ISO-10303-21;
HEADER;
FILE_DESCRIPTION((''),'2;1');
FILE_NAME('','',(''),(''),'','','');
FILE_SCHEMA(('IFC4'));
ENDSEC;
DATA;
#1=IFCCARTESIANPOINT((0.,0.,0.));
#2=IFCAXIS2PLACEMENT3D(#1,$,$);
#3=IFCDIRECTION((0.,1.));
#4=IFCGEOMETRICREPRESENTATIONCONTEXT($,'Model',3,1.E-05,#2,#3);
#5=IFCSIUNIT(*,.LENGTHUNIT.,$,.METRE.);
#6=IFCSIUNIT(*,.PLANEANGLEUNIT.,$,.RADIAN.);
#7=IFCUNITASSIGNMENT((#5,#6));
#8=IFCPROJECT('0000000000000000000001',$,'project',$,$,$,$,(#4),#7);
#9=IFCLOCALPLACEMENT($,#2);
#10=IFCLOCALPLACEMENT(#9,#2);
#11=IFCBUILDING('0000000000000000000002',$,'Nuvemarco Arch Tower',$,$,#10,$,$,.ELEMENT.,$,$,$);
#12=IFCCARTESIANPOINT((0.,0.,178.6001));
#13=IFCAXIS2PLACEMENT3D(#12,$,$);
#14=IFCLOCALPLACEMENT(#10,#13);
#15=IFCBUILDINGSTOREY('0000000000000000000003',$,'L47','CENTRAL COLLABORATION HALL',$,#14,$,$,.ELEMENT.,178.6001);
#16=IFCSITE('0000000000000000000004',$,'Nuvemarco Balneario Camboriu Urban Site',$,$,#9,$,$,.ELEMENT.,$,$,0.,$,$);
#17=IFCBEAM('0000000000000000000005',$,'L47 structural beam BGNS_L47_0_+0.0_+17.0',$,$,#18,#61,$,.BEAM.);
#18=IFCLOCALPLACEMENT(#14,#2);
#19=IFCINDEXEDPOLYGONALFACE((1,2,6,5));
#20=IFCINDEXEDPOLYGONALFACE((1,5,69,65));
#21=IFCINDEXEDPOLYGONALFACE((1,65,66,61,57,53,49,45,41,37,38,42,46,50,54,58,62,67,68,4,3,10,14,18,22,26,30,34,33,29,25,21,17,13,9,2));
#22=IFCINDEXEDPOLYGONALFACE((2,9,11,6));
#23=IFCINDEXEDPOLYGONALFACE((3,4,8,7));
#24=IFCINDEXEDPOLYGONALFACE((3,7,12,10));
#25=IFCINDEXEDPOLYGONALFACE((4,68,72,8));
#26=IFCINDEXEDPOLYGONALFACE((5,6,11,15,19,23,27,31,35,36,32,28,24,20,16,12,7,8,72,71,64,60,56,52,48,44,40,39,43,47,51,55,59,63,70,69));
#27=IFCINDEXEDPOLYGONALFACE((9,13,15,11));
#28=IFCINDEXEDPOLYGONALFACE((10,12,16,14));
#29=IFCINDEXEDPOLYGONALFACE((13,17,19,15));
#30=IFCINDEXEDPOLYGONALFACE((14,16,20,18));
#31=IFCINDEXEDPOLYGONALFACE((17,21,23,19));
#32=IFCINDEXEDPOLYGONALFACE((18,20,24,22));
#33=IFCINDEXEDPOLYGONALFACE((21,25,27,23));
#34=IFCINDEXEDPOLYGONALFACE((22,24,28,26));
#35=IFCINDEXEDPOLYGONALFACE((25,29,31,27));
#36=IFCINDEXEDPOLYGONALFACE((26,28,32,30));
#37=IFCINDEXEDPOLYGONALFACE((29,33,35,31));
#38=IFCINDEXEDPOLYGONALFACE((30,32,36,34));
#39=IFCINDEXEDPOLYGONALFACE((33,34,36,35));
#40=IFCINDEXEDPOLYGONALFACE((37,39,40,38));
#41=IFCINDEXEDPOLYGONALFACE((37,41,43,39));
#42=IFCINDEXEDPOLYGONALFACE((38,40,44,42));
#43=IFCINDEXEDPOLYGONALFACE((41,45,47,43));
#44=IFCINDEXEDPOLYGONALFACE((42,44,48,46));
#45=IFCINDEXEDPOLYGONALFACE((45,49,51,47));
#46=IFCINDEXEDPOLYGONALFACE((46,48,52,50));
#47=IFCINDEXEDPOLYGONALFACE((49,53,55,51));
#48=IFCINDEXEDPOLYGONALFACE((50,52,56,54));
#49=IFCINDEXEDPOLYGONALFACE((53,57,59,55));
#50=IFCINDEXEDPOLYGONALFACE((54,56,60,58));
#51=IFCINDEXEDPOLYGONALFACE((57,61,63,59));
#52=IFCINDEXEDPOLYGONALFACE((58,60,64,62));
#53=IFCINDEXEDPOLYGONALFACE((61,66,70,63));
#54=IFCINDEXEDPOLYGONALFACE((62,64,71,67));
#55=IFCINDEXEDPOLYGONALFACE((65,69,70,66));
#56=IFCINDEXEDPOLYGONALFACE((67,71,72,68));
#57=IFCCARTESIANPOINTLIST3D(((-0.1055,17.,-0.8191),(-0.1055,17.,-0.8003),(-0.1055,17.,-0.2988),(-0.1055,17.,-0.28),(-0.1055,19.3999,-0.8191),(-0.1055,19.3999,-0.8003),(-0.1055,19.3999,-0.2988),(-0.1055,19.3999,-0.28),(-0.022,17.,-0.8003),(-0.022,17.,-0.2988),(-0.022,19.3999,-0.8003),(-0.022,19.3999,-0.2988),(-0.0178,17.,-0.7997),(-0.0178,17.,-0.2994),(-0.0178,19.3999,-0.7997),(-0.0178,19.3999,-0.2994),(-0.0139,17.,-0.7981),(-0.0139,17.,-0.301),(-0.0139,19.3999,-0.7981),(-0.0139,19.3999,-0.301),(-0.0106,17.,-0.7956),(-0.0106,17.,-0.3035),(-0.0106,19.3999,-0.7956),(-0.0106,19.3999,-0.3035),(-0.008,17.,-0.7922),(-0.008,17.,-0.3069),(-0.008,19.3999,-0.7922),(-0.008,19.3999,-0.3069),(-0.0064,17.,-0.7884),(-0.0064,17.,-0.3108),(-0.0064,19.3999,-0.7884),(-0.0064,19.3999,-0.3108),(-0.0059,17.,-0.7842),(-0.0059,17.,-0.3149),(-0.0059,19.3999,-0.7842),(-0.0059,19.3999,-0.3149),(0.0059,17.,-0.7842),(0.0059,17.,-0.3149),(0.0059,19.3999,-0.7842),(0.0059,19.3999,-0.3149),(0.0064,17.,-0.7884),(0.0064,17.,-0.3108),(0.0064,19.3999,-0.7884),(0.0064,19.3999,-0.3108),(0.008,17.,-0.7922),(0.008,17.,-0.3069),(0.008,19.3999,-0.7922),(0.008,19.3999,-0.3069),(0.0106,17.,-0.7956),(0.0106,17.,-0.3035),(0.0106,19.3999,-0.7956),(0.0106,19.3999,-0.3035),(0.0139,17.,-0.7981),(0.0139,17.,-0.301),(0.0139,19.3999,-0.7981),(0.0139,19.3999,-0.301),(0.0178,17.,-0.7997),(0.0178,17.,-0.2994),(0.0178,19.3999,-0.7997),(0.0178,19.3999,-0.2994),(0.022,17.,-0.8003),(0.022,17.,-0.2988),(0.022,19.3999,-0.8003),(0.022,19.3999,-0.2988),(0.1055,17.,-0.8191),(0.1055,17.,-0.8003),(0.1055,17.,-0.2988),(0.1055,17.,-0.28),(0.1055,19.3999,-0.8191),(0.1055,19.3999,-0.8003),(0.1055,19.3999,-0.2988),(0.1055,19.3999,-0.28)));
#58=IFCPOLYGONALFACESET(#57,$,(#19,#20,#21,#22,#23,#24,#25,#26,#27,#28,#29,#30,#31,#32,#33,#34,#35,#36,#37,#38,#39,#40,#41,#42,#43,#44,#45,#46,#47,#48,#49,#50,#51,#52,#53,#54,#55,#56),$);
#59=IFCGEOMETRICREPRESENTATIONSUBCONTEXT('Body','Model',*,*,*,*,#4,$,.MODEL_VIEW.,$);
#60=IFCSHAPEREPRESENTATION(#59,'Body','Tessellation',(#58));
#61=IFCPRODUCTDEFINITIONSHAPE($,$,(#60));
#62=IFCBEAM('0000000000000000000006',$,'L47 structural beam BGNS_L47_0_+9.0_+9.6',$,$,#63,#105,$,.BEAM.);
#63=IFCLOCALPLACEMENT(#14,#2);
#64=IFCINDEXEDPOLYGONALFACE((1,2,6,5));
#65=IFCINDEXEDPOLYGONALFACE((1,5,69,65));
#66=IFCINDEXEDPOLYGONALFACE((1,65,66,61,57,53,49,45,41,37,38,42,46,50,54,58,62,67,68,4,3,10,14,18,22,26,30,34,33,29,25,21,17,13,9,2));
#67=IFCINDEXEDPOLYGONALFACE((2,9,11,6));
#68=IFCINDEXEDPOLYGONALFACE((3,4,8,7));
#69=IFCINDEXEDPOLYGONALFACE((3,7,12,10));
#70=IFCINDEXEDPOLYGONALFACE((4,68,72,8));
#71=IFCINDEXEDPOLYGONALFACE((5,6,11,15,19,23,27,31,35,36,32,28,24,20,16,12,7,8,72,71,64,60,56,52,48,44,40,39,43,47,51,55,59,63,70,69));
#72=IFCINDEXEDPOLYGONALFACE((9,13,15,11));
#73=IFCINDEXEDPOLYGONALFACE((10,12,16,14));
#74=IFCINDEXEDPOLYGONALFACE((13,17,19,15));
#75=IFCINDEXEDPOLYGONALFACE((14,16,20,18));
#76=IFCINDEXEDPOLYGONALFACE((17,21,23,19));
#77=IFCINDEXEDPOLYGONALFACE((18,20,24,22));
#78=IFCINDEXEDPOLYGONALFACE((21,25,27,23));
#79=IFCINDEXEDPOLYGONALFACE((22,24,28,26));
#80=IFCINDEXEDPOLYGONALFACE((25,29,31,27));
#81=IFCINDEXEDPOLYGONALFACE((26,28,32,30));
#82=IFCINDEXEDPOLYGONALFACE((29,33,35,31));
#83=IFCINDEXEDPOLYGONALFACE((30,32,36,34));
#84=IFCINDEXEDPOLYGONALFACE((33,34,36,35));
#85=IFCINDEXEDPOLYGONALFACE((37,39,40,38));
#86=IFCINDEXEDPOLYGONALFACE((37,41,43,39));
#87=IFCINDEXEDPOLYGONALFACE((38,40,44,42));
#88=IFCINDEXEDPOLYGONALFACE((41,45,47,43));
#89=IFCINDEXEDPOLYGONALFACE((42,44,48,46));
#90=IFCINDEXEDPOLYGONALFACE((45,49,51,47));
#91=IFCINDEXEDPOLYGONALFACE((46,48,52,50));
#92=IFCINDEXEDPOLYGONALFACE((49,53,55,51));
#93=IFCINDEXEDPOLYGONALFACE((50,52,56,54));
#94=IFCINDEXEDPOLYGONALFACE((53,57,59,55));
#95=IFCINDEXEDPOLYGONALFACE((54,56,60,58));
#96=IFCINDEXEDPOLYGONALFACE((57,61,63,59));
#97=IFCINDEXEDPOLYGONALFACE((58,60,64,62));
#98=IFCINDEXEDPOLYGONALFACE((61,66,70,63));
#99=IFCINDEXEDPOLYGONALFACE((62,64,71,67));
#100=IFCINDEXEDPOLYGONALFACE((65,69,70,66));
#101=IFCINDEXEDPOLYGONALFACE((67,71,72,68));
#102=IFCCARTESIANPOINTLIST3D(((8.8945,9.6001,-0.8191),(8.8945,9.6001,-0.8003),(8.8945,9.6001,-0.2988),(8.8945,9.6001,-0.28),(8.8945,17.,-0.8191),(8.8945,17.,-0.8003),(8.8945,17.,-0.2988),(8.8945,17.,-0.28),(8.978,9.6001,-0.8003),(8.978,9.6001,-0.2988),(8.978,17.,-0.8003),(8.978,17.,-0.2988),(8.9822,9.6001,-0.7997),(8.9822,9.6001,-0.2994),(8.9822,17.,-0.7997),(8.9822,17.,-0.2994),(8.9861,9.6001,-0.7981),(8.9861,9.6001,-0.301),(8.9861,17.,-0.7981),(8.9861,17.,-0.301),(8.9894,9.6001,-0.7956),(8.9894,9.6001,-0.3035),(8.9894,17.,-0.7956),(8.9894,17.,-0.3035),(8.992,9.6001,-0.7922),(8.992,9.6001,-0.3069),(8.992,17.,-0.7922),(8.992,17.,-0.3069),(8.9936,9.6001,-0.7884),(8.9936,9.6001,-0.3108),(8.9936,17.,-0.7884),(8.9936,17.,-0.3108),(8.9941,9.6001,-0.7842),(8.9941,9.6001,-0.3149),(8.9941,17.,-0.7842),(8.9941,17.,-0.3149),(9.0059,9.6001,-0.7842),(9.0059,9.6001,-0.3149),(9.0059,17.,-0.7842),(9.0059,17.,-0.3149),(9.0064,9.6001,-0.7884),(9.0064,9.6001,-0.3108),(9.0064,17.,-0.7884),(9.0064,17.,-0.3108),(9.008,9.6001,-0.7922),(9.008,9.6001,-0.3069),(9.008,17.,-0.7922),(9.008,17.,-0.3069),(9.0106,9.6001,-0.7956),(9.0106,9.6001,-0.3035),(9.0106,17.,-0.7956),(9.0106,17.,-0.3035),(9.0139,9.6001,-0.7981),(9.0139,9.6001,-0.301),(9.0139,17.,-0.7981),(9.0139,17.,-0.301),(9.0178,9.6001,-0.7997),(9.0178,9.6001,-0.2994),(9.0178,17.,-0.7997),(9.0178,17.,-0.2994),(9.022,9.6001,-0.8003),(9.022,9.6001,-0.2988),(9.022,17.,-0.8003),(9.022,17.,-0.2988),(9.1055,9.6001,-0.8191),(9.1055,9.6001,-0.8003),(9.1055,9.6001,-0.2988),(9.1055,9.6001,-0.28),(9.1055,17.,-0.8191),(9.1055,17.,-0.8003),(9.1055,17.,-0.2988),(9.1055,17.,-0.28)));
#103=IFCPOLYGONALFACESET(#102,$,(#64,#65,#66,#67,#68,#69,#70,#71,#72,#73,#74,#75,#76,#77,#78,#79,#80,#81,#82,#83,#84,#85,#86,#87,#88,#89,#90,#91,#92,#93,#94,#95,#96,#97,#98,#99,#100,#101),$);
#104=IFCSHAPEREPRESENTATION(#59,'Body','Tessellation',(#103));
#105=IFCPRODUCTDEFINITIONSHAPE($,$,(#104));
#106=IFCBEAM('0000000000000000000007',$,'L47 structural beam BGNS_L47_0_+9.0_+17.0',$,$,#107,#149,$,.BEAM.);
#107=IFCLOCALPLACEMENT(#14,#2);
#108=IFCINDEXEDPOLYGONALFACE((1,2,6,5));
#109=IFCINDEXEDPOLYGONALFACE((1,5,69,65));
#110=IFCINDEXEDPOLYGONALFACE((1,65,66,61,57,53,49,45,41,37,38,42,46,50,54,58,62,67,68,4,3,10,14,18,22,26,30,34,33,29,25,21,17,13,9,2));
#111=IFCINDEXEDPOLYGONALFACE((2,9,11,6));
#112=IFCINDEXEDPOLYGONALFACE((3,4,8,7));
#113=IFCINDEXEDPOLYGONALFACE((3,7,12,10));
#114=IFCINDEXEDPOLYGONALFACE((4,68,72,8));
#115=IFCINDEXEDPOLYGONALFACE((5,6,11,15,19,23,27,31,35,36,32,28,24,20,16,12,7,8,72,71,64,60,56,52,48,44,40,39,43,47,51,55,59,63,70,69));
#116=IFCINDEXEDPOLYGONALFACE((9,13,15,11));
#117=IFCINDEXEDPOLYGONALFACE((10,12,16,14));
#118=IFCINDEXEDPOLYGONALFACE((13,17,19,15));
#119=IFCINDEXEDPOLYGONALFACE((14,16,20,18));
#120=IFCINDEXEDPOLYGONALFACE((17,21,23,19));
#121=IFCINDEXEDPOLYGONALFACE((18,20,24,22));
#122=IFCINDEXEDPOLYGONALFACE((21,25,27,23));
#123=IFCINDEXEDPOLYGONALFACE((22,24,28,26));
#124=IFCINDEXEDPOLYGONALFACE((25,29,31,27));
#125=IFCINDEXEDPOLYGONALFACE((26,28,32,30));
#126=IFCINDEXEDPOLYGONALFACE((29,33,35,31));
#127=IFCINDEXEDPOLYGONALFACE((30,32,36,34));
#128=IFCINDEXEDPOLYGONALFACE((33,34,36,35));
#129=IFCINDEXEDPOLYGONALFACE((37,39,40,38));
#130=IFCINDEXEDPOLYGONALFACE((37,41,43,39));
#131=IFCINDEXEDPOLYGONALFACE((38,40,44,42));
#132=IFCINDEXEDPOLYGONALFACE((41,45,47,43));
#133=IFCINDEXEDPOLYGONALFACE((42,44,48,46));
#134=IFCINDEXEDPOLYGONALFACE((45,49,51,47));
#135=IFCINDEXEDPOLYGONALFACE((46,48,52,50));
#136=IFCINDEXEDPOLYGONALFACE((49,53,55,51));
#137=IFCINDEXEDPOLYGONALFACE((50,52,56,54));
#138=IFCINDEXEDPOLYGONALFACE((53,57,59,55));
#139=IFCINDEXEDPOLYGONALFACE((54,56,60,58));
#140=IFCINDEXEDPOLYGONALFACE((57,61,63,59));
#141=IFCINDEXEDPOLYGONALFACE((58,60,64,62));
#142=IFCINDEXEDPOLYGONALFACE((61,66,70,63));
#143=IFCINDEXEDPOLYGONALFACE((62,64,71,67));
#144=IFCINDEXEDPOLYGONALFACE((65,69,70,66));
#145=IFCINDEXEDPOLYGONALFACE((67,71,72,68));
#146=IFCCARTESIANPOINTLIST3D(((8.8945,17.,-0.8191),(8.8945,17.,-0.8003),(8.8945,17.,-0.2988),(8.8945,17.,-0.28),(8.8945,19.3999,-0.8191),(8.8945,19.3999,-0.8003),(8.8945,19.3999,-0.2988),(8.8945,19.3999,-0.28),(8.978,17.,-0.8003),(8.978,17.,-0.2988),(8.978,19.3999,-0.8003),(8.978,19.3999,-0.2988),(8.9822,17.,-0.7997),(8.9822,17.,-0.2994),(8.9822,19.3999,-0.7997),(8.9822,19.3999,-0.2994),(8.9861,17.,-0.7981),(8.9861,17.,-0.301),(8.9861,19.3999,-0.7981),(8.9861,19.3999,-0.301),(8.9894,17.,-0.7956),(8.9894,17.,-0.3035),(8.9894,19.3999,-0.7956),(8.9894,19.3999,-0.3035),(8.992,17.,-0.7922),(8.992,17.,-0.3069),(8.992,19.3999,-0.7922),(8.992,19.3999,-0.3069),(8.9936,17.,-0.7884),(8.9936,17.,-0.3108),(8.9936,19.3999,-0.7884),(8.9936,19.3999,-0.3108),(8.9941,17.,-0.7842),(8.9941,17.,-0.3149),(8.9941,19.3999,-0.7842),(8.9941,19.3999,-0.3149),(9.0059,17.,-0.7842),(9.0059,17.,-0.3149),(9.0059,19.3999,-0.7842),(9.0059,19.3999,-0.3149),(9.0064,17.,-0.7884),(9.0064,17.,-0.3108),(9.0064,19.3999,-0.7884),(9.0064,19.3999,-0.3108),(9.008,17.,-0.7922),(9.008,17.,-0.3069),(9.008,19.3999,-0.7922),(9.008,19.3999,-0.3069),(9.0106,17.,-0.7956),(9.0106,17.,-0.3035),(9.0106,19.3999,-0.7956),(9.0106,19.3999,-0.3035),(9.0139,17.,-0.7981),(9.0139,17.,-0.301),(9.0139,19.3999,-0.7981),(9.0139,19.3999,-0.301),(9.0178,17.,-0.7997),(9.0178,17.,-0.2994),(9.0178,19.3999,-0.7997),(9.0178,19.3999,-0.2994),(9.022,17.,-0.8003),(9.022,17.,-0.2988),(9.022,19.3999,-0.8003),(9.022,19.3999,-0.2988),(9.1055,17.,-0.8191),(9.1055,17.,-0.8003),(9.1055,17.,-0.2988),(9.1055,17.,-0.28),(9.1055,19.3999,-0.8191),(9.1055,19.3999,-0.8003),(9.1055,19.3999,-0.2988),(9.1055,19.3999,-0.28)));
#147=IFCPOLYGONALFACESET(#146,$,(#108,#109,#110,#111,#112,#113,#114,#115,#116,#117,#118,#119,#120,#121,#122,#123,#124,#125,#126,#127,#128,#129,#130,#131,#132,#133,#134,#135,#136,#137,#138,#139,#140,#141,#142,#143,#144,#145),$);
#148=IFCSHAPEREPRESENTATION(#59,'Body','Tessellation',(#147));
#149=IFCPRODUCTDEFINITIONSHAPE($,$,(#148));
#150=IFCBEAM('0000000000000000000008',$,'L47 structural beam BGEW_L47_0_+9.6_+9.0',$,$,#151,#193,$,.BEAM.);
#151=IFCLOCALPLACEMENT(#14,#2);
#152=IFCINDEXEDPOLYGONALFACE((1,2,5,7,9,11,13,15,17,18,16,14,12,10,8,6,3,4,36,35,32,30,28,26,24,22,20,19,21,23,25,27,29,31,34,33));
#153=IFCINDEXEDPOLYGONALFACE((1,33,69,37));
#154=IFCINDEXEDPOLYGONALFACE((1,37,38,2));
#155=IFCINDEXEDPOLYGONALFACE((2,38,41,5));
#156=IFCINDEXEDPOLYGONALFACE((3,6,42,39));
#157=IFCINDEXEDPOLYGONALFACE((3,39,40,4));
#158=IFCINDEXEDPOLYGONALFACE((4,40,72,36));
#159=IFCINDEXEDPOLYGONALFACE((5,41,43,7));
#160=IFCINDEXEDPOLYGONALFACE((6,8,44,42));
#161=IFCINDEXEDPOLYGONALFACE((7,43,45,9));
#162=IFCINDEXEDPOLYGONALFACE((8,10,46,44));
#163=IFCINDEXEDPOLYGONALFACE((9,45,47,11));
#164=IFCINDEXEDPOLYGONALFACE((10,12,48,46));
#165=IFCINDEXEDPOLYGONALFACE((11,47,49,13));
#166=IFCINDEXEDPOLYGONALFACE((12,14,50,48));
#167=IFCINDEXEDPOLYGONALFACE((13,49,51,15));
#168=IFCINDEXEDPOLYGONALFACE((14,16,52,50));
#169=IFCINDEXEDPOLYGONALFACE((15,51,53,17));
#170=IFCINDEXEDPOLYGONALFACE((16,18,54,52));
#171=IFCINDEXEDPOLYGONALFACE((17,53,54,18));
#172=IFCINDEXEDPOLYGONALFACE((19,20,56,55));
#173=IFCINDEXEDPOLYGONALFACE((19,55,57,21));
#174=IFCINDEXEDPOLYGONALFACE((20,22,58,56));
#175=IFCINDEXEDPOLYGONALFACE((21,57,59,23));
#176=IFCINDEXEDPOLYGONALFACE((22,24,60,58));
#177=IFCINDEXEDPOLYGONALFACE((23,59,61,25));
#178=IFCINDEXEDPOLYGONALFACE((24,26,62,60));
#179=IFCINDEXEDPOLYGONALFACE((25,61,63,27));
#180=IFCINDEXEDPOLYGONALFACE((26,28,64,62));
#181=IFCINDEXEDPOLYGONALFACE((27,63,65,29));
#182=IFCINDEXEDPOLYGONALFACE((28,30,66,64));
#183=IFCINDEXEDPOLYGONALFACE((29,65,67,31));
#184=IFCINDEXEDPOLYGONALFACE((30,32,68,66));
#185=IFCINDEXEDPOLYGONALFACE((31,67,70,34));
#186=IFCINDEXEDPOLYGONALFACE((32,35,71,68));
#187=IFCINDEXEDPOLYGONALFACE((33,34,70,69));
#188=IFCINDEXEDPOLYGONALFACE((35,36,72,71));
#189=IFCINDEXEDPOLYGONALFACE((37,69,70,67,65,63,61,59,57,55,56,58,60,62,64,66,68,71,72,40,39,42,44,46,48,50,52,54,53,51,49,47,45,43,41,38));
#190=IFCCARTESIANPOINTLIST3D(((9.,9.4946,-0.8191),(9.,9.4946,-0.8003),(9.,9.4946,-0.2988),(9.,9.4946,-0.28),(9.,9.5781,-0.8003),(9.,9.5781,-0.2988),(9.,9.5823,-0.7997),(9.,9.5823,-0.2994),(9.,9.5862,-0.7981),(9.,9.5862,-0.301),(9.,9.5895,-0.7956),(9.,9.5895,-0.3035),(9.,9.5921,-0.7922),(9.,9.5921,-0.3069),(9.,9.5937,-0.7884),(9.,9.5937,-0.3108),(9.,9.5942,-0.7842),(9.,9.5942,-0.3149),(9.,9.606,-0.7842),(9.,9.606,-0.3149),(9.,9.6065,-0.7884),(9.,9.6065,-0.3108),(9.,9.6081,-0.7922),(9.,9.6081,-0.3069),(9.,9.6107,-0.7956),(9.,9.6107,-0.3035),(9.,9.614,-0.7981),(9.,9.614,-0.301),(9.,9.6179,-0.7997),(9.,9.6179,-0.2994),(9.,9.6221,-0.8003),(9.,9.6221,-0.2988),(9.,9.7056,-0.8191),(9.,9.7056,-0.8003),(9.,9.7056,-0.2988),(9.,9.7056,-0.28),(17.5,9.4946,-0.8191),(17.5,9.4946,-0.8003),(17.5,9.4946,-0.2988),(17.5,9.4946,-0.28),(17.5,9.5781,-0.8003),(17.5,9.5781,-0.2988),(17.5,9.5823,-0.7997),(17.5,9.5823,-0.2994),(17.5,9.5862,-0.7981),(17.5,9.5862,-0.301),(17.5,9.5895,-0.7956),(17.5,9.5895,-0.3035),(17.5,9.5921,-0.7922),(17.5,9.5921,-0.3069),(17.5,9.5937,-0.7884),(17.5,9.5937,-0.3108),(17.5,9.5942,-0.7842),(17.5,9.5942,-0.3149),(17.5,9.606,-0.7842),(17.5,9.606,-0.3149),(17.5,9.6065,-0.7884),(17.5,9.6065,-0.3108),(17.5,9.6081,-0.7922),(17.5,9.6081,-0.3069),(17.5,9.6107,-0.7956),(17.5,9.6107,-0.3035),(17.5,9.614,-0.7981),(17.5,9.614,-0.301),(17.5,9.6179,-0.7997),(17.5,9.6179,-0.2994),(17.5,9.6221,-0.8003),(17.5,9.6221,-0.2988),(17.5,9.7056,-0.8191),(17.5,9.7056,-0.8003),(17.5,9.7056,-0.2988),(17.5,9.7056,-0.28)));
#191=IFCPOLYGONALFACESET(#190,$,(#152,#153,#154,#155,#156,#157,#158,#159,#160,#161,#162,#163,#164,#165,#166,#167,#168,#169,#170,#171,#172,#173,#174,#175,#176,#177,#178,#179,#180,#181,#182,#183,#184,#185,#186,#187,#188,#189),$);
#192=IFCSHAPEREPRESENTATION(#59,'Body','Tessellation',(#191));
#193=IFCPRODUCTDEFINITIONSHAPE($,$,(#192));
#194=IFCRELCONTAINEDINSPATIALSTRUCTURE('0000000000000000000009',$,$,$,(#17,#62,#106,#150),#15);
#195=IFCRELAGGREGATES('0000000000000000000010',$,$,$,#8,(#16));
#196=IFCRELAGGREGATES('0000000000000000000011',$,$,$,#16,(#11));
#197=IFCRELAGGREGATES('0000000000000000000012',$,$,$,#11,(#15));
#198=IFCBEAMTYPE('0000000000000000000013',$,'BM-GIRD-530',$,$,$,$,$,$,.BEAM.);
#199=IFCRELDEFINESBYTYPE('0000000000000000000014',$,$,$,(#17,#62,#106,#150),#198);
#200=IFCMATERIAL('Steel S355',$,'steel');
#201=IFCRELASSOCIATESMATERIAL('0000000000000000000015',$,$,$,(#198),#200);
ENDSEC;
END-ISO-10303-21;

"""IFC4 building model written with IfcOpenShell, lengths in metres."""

from ifc_helpers import new_model, si_unit, direction, frame, origin, origin_2d, place, context, subcontext, project, spatial, i_section, extrude, material, material_profile, profile_set, type_object, element, save


model = new_model("IFC4")

# Units and contexts
model_context = context("Model", 3, precision=1e-05, world=origin(), true_north=direction((0.0, 1.0)))
body_context = subcontext(model_context, "Body", "Model", "MODEL_VIEW")
ifc_project = project(units=[si_unit("LENGTHUNIT", "METRE"), si_unit("PLANEANGLEUNIT", "RADIAN")], contexts=[model_context])

# Site, building, storey
site_placement = place(None, origin())
site = spatial("IfcSite", under=ifc_project, at=site_placement, Name="Nuvemarco Balneario Camboriu Urban Site", CompositionType="ELEMENT", RefElevation=0.0)
building_placement = place(site_placement, origin())
building = spatial("IfcBuilding", under=site, at=building_placement, Name="Nuvemarco Arch Tower", CompositionType="ELEMENT")
storey_placement = place(building_placement, frame((0.0, 0.0, 178.6001)))
storey = spatial("IfcBuildingStorey", under=building, at=storey_placement, Name="L47", Description="CENTRAL COLLABORATION HALL", CompositionType="ELEMENT", Elevation=178.6001)

# Shared definitions
ifc_material_1 = material(Name="Steel S355", Category="steel")

# Beams
ifc_material_profile_1 = material_profile(ifc_material_1, i_section(OverallWidth=0.2109, OverallDepth=0.5391, WebThickness=0.0117, FlangeThickness=0.0188, FilletRadius=0.0161, at=origin_2d()), Name="W530x109")
ifc_profile_set_1 = profile_set([ifc_material_profile_1], Name="Steel S355")
beam_type_1 = type_object("IfcBeamType", Name="BM-GIRD-530", PredefinedType="BEAM", material=ifc_profile_set_1)
beam_1_placement = place(storey_placement, frame((0.0, 17.0, -0.5496), z_axis=(0.0, 1.0, 0.0), x_axis=(-1.0, 0.0, 0.0)))
element("IfcBeam", 1, at=beam_1_placement, inside=storey, type_object=beam_type_1, Name="L47 structural beam BGNS_L47_0_+0.0_+17.0", PredefinedType="BEAM", context=body_context, shape_type="SweptSolid", body=[
    extrude(i_section(OverallWidth=0.2109, OverallDepth=0.5391, WebThickness=0.0117, FlangeThickness=0.0188, FilletRadius=0.0161, at=origin_2d()), origin(), (0.0, 0.0, 1.0), 2.3999),
])
beam_2_placement = place(storey_placement, frame((9.0, 9.6001, -0.5496), z_axis=(0.0, 1.0, 0.0), x_axis=(-1.0, 0.0, 0.0)))
element("IfcBeam", 2, at=beam_2_placement, inside=storey, type_object=beam_type_1, Name="L47 structural beam BGNS_L47_0_+9.0_+9.6", PredefinedType="BEAM", context=body_context, shape_type="SweptSolid", body=[
    extrude(i_section(OverallWidth=0.2109, OverallDepth=0.5391, WebThickness=0.0117, FlangeThickness=0.0188, FilletRadius=0.0161, at=origin_2d()), origin(), (0.0, 0.0, 1.0), 7.3999),
])
beam_3_placement = place(storey_placement, frame((9.0, 17.0, -0.5496), z_axis=(0.0, 1.0, 0.0), x_axis=(-1.0, 0.0, 0.0)))
element("IfcBeam", 3, at=beam_3_placement, inside=storey, type_object=beam_type_1, Name="L47 structural beam BGNS_L47_0_+9.0_+17.0", PredefinedType="BEAM", context=body_context, shape_type="SweptSolid", body=[
    extrude(i_section(OverallWidth=0.2109, OverallDepth=0.5391, WebThickness=0.0117, FlangeThickness=0.0188, FilletRadius=0.0161, at=origin_2d()), origin(), (0.0, 0.0, 1.0), 2.3999),
])
beam_4_placement = place(storey_placement, frame((9.0, 9.6001, -0.5496), z_axis=(1.0, 0.0, 0.0), x_axis=(0.0, 1.0, 0.0)))
element("IfcBeam", 4, at=beam_4_placement, inside=storey, type_object=beam_type_1, Name="L47 structural beam BGEW_L47_0_+9.6_+9.0", PredefinedType="BEAM", context=body_context, shape_type="SweptSolid", body=[
    extrude(i_section(OverallWidth=0.2109, OverallDepth=0.5391, WebThickness=0.0117, FlangeThickness=0.0188, FilletRadius=0.0161, at=origin_2d()), origin(), (0.0, 0.0, 1.0), 8.5),
])

save(model, "model.ifc")
